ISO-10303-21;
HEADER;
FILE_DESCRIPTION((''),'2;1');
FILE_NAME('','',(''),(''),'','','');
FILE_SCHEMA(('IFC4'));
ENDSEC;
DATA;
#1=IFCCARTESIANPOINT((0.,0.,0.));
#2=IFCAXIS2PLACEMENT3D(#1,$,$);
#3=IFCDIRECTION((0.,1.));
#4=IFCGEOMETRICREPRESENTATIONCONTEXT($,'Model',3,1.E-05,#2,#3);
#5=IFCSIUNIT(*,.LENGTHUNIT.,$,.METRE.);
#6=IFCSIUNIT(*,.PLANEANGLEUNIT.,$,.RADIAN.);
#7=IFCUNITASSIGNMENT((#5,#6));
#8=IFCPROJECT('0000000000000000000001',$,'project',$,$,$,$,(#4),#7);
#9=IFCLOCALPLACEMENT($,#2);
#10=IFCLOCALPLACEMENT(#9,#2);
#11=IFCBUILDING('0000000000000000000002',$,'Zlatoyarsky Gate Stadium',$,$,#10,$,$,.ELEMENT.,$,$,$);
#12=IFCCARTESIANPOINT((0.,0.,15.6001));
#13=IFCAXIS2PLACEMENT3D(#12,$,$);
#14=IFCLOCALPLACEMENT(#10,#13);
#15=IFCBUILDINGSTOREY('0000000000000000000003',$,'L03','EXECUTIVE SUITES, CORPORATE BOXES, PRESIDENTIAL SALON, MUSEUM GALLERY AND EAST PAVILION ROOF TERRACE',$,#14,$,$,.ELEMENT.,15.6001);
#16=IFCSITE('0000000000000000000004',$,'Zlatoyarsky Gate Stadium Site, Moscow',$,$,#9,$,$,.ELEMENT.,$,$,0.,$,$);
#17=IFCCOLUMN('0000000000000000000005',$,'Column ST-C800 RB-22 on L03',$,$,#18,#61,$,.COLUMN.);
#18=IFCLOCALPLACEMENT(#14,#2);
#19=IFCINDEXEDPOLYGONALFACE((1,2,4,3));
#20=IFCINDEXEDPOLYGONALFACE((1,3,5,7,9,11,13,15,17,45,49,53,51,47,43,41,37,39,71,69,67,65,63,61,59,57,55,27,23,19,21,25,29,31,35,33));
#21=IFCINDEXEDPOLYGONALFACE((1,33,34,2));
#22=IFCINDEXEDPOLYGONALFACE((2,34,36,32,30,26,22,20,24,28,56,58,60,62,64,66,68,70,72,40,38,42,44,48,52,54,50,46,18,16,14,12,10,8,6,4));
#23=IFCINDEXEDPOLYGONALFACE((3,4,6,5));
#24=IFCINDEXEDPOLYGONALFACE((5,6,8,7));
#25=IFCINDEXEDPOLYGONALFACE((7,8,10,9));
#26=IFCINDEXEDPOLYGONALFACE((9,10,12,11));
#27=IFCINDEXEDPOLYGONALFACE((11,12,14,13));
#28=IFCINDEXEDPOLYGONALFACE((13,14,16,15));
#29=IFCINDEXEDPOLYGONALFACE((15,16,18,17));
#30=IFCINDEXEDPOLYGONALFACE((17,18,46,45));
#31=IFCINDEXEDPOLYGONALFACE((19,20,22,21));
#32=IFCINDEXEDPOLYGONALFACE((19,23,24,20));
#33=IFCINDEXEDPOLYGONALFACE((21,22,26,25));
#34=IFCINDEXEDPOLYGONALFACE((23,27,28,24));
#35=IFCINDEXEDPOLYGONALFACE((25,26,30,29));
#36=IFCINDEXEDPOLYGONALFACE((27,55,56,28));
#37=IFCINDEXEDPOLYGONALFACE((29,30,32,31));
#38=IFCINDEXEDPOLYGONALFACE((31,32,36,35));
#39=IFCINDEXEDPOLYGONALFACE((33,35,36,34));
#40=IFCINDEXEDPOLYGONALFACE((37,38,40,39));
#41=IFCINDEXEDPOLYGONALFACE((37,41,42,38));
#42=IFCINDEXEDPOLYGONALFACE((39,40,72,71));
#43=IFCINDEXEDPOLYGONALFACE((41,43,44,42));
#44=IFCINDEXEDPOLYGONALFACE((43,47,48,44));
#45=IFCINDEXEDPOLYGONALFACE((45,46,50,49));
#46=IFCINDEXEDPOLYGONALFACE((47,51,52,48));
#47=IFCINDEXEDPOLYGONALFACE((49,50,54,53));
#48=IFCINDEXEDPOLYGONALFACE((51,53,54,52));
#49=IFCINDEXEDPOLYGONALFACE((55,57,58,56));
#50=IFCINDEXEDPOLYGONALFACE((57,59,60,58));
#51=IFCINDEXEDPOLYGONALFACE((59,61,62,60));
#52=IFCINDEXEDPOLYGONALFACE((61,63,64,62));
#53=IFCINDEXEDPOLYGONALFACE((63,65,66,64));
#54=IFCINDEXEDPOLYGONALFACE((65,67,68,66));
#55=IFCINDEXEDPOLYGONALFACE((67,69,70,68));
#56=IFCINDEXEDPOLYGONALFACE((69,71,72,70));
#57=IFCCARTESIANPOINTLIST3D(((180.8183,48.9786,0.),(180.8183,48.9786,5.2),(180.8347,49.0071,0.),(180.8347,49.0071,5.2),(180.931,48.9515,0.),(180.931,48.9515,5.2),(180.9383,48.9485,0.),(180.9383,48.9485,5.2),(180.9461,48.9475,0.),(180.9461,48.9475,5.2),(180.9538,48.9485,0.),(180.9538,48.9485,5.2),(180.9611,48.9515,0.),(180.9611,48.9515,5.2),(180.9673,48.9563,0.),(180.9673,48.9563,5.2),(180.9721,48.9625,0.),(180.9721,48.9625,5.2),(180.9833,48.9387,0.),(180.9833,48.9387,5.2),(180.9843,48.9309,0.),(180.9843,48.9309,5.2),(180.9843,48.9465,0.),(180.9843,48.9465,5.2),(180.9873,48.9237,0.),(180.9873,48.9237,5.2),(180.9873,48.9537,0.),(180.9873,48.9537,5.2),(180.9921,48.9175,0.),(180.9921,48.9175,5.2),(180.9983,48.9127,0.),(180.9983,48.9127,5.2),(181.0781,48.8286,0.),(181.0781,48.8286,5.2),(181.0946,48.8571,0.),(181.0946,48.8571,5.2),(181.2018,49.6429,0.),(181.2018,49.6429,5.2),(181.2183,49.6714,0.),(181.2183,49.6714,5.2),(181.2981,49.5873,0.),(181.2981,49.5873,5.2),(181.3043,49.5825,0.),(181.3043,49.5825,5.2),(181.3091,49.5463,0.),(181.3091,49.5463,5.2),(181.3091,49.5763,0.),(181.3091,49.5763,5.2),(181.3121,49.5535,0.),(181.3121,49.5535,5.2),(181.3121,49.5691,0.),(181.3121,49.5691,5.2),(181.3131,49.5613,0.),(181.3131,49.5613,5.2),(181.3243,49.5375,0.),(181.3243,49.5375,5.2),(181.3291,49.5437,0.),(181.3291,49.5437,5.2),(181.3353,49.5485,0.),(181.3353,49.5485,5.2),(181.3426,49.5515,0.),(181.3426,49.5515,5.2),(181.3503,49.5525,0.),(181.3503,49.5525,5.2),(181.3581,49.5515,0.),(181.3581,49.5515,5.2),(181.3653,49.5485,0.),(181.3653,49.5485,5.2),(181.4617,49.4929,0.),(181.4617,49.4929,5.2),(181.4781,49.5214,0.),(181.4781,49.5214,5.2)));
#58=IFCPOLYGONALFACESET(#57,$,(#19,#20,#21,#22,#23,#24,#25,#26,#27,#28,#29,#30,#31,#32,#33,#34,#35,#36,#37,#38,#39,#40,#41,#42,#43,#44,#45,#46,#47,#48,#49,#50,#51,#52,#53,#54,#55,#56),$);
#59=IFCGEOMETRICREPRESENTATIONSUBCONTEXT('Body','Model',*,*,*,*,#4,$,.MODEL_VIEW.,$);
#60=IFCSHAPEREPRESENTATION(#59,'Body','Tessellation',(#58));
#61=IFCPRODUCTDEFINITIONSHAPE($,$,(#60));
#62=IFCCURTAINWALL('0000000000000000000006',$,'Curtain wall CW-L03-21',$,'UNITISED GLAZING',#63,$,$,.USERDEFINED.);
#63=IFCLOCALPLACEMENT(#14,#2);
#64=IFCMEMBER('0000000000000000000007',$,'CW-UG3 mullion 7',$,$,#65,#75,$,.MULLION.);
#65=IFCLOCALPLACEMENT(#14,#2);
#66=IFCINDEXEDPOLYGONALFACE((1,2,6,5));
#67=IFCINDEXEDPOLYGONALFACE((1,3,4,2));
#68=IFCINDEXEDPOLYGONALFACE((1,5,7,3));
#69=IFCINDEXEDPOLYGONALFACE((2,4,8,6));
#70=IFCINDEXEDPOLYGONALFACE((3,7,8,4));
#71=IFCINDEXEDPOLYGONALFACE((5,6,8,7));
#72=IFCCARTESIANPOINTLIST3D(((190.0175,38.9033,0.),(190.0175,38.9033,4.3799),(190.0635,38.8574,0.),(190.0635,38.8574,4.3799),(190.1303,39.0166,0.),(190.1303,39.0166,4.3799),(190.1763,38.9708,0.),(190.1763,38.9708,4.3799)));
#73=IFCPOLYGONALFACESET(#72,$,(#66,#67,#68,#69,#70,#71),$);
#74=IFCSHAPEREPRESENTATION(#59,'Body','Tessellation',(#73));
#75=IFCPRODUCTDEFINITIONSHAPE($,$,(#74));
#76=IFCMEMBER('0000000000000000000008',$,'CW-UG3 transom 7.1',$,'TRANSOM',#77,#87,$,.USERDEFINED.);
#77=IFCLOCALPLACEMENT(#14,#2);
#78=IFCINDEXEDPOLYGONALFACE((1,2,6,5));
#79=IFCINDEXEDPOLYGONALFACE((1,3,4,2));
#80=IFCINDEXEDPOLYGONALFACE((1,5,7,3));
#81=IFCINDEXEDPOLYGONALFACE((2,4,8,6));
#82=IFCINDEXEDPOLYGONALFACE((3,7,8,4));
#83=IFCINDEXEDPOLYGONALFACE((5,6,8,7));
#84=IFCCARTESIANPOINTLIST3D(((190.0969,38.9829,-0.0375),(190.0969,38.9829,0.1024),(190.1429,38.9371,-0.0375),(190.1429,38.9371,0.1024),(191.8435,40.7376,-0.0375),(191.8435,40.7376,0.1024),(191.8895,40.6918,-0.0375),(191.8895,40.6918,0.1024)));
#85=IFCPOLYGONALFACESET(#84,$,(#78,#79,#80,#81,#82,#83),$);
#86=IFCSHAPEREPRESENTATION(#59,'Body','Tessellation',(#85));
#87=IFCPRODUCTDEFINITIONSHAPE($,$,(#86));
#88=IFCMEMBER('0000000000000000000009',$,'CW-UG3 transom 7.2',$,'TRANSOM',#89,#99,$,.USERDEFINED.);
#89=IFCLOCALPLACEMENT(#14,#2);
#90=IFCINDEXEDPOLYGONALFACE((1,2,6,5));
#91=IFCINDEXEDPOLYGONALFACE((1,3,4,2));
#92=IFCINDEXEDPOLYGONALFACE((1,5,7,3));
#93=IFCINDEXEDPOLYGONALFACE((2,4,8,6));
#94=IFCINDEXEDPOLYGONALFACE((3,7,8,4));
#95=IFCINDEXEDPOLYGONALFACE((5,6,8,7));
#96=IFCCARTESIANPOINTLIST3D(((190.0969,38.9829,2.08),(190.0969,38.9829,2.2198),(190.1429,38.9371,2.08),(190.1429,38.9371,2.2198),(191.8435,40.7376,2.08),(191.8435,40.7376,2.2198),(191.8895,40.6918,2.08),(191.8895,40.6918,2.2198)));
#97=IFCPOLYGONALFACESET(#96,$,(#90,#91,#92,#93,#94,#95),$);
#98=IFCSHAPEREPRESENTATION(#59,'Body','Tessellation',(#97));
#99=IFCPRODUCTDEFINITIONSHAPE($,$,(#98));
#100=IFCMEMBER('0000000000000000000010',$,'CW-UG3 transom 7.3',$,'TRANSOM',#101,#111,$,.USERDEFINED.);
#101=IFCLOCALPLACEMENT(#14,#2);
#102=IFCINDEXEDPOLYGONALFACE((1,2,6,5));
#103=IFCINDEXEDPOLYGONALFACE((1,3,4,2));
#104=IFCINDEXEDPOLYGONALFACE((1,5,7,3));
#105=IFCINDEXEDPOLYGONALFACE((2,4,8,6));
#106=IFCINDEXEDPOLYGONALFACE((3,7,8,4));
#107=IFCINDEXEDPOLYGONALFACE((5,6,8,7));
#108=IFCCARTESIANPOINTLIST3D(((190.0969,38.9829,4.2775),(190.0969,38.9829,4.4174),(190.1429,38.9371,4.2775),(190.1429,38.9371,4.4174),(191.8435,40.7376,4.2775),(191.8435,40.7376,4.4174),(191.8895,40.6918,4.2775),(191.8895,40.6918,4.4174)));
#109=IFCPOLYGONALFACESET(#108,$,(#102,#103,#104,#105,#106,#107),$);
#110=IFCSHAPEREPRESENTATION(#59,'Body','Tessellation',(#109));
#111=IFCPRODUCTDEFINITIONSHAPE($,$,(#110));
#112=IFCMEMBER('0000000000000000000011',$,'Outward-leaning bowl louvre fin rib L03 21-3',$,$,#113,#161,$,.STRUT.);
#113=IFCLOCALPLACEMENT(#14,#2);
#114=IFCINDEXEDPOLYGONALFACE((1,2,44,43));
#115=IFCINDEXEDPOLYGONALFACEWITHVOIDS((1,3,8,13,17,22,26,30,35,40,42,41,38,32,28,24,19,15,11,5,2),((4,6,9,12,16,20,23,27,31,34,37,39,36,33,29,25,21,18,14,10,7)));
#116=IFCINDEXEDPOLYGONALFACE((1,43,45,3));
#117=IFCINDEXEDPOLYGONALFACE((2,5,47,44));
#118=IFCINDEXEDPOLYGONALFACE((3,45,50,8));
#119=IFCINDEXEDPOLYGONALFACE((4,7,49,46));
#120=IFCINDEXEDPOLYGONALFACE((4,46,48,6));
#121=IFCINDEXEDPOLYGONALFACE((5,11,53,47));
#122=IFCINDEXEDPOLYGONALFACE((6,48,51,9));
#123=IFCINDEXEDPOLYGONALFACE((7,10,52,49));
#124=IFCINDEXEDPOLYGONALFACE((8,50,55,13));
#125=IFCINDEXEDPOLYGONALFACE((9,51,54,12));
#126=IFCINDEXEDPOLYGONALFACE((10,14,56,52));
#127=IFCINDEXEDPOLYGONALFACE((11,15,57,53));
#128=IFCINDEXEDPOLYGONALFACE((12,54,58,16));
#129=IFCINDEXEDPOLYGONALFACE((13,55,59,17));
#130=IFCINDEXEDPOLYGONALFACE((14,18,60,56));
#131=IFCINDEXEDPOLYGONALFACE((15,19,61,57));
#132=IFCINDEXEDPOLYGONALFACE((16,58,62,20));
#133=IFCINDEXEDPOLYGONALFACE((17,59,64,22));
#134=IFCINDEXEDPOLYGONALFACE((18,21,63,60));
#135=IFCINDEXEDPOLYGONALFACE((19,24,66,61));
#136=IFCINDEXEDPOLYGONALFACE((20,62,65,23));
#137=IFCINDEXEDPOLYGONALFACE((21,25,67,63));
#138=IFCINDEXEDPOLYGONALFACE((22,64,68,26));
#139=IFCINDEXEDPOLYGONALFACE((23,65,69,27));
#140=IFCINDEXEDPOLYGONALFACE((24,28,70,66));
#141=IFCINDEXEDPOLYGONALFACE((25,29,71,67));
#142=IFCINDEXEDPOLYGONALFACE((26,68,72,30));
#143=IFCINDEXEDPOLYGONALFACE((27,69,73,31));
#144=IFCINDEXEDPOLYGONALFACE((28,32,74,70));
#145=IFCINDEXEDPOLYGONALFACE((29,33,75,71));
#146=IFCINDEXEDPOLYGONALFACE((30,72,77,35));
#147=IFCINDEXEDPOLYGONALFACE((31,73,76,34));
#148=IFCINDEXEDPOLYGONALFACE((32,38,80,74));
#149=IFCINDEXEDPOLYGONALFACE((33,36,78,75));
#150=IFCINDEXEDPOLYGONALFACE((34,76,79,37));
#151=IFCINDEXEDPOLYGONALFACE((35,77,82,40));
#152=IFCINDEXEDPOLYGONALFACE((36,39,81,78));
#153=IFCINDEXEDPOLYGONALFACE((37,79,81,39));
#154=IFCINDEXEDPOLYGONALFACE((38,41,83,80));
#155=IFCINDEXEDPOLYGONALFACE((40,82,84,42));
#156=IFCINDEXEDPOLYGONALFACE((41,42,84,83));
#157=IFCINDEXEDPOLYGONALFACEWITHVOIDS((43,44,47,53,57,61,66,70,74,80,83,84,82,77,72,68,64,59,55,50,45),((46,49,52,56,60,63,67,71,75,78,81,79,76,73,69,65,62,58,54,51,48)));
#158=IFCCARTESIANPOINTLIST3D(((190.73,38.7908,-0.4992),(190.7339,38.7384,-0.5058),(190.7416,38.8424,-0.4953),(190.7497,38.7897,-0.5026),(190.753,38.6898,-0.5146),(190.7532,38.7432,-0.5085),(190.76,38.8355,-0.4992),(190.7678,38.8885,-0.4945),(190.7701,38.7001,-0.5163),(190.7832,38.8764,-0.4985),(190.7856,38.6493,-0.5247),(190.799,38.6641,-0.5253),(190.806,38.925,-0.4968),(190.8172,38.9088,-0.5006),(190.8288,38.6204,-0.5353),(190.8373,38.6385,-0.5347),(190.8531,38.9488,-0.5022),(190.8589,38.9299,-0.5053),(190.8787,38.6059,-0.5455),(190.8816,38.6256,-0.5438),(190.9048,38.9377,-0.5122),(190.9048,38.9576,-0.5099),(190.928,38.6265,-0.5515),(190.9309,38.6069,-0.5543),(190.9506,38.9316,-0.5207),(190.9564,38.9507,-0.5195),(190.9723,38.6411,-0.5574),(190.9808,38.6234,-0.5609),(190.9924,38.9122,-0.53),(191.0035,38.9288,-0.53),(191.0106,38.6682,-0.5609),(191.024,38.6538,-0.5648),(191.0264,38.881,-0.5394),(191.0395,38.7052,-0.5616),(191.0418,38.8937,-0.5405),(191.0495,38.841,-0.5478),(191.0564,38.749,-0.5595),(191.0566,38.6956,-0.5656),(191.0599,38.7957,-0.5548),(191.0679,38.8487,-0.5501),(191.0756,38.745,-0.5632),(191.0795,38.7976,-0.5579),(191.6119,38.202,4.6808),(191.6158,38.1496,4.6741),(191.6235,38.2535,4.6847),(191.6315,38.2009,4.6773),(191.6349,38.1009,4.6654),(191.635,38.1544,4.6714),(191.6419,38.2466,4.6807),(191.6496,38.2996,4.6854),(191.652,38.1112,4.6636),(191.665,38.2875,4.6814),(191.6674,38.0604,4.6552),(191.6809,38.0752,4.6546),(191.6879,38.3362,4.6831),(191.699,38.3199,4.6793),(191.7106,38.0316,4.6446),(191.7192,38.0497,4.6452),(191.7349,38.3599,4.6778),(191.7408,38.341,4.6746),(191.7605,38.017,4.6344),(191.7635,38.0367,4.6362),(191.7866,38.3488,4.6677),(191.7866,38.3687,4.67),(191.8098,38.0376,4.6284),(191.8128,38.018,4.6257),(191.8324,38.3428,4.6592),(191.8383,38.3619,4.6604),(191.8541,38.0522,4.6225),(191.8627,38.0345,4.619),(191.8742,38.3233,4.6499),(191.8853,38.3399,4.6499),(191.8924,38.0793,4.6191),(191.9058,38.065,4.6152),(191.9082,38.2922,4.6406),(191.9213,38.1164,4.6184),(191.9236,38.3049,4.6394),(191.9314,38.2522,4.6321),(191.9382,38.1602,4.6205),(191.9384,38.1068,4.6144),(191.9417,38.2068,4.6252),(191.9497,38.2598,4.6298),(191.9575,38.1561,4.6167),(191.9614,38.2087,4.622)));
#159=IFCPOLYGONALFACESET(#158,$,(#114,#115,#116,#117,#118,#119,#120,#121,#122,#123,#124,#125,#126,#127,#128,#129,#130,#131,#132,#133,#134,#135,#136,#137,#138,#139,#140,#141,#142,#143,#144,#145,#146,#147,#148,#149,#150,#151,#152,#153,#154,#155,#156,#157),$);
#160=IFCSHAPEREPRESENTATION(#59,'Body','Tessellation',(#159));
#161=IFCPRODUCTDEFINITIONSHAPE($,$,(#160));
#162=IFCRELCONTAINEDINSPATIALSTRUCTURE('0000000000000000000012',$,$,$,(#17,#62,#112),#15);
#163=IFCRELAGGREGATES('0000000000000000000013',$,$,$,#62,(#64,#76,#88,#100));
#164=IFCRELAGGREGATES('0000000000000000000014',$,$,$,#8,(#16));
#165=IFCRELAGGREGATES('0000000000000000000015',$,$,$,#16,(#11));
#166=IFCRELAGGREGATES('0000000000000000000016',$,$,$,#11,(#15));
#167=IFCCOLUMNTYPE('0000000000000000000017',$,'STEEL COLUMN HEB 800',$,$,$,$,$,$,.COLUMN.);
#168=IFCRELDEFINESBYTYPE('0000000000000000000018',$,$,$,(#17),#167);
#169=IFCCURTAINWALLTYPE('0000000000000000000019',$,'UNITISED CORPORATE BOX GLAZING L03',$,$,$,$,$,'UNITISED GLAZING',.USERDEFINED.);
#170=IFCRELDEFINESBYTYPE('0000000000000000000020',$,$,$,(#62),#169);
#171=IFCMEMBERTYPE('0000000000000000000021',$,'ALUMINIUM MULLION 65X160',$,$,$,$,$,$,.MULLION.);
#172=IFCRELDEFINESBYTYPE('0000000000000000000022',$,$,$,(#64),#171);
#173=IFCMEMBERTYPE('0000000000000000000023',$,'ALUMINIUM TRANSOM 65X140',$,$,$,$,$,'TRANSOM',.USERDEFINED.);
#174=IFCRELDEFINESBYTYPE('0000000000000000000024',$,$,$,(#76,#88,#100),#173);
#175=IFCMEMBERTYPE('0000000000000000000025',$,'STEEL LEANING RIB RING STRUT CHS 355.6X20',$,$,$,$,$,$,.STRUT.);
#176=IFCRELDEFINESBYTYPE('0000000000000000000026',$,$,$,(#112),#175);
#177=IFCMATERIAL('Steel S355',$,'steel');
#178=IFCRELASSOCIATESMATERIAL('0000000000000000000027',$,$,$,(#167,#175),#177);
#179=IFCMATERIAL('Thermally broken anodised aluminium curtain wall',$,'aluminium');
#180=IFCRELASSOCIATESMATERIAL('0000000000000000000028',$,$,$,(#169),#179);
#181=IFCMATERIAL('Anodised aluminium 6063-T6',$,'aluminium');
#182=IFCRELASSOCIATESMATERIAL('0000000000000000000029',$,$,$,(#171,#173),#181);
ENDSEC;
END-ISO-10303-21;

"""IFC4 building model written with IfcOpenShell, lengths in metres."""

from ifc_helpers import new_model, si_unit, direction, frame, origin, origin_2d, place, context, subcontext, project, spatial, rectangle, hollow_circle, i_section, extrude, material, material_profile, profile_set, type_object, element, aggregate, save


model = new_model("IFC4")

# Units and contexts
model_context = context("Model", 3, precision=1e-05, world=origin(), true_north=direction((0.0, 1.0)))
body_context = subcontext(model_context, "Body", "Model", "MODEL_VIEW")
ifc_project = project(units=[si_unit("LENGTHUNIT", "METRE"), si_unit("PLANEANGLEUNIT", "RADIAN")], contexts=[model_context])

# Site, building, storey
site_placement = place(None, origin())
site = spatial("IfcSite", under=ifc_project, at=site_placement, Name="Zlatoyarsky Gate Stadium Site, Moscow", CompositionType="ELEMENT", RefElevation=0.0)
building_placement = place(site_placement, origin())
building = spatial("IfcBuilding", under=site, at=building_placement, Name="Zlatoyarsky Gate Stadium", CompositionType="ELEMENT")
storey_placement = place(building_placement, frame((0.0, 0.0, 15.6001)))
storey = spatial("IfcBuildingStorey", under=building, at=storey_placement, Name="L03", Description="EXECUTIVE SUITES, CORPORATE BOXES, PRESIDENTIAL SALON, MUSEUM GALLERY AND EAST PAVILION ROOF TERRACE", CompositionType="ELEMENT", Elevation=15.6001)

# Column
ifc_material_1 = material(Name="Steel S355", Category="steel")
ifc_material_profile_1 = material_profile(ifc_material_1, i_section(OverallWidth=0.3, OverallDepth=0.8, WebThickness=0.0176, FlangeThickness=0.033, FilletRadius=0.03, at=origin_2d()), Name="HEB 800")
ifc_profile_set_1 = profile_set([ifc_material_profile_1], Name="Steel S355")
column_type = type_object("IfcColumnType", Name="STEEL COLUMN HEB 800", PredefinedType="COLUMN", material=ifc_profile_set_1)
column_placement = place(storey_placement, frame((181.1482, 49.25, 0.0), z_axis=(0.0, 0.0, 1.0), x_axis=(0.866025, -0.5, 0.0)))
element("IfcColumn", 1, at=column_placement, inside=storey, type_object=column_type, Name="Column ST-C800 RB-22 on L03", PredefinedType="COLUMN", context=body_context, shape_type="SweptSolid", body=[
    extrude(i_section(OverallWidth=0.3, OverallDepth=0.8, WebThickness=0.0176, FlangeThickness=0.033, FilletRadius=0.03, at=origin_2d()), origin(), (0.0, 0.0, 1.0), 5.2),
])

# Curtain wall, members
ifc_material_2 = material(Name="Thermally broken anodised aluminium curtain wall", Category="aluminium")
curtain_wall_type = type_object("IfcCurtainWallType", Name="UNITISED CORPORATE BOX GLAZING L03", ElementType="UNITISED GLAZING", PredefinedType="USERDEFINED", material=ifc_material_2)
curtain_wall_placement = place(storey_placement, origin())
curtain_wall = element("IfcCurtainWall", 2, at=curtain_wall_placement, inside=storey, type_object=curtain_wall_type, Name="Curtain wall CW-L03-21", ObjectType="UNITISED GLAZING", PredefinedType="USERDEFINED")
ifc_material_3 = material(Name="Anodised aluminium 6063-T6", Category="aluminium")
ifc_material_profile_2 = material_profile(ifc_material_3, rectangle(XDim=0.0649, YDim=0.1599, at=origin_2d()), Name="ALU 65X160")
ifc_profile_set_2 = profile_set([ifc_material_profile_2], Name="Anodised aluminium 6063-T6")
member_type_1 = type_object("IfcMemberType", Name="ALUMINIUM MULLION 65X160", PredefinedType="MULLION", material=ifc_profile_set_2)
member_1_placement = place(storey_placement, frame((190.0969, 38.937, 0.0), z_axis=(0.0, 0.0, 1.0), x_axis=(-0.708721, 0.705489, 0.0)))
member_1 = element("IfcMember", 3, at=member_1_placement, type_object=member_type_1, Name="CW-UG3 mullion 7", PredefinedType="MULLION", context=body_context, shape_type="SweptSolid", body=[
    extrude(rectangle(XDim=0.0649, YDim=0.1599, at=origin_2d()), origin(), (0.0, 0.0, 1.0), 4.3799),
])
ifc_material_profile_3 = material_profile(ifc_material_3, rectangle(XDim=0.0649, YDim=0.1399, at=origin_2d()), Name="ALU 65X140")
ifc_profile_set_3 = profile_set([ifc_material_profile_3], Name="Anodised aluminium 6063-T6")
member_type_2 = type_object("IfcMemberType", Name="ALUMINIUM TRANSOM 65X140", ElementType="TRANSOM", PredefinedType="USERDEFINED", material=ifc_profile_set_3)
member_2_placement = place(storey_placement, frame((190.1199, 38.96, 0.0325), z_axis=(0.705478, 0.708732, 0.0), x_axis=(-0.708732, 0.705478, 0.0)))
member_2 = element("IfcMember", 4, at=member_2_placement, type_object=member_type_2, Name="CW-UG3 transom 7.1", ObjectType="TRANSOM", PredefinedType="USERDEFINED", context=body_context, shape_type="SweptSolid", body=[
    extrude(rectangle(XDim=0.0649, YDim=0.1399, at=origin_2d()), origin(), (0.0, 0.0, 1.0), 2.4758),
])
member_3_placement = place(storey_placement, frame((190.1199, 38.96, 2.1499), z_axis=(0.705478, 0.708732, 0.0), x_axis=(-0.708732, 0.705478, 0.0)))
member_3 = element("IfcMember", 5, at=member_3_placement, type_object=member_type_2, Name="CW-UG3 transom 7.2", ObjectType="TRANSOM", PredefinedType="USERDEFINED", context=body_context, shape_type="SweptSolid", body=[
    extrude(rectangle(XDim=0.0649, YDim=0.1399, at=origin_2d()), origin(), (0.0, 0.0, 1.0), 2.4758),
])
member_4_placement = place(storey_placement, frame((190.1199, 38.96, 4.3474), z_axis=(0.705478, 0.708732, 0.0), x_axis=(-0.708732, 0.705478, 0.0)))
member_4 = element("IfcMember", 6, at=member_4_placement, type_object=member_type_2, Name="CW-UG3 transom 7.3", ObjectType="TRANSOM", PredefinedType="USERDEFINED", context=body_context, shape_type="SweptSolid", body=[
    extrude(rectangle(XDim=0.0649, YDim=0.1399, at=origin_2d()), origin(), (0.0, 0.0, 1.0), 2.4758),
])

# Member
ifc_material_profile_4 = material_profile(ifc_material_1, hollow_circle(Radius=0.1777, WallThickness=0.02, at=origin_2d()), Name="CHS 355.6X20")
ifc_profile_set_4 = profile_set([ifc_material_profile_4], Name="Steel S355")
member_type_3 = type_object("IfcMemberType", Name="STEEL LEANING RIB RING STRUT CHS 355.6X20", PredefinedType="STRUT", material=ifc_profile_set_4)
member_5_placement = place(storey_placement, frame((190.9048, 38.781, -0.53), z_axis=(0.166782, -0.111373, 0.979684), x_axis=(0.555338, 0.831625, 0.0)))
element("IfcMember", 7, at=member_5_placement, inside=storey, type_object=member_type_3, Name="Outward-leaning bowl louvre fin rib L03 21-3", PredefinedType="STRUT", context=body_context, shape_type="SweptSolid", body=[
    extrude(hollow_circle(Radius=0.1777, WallThickness=0.02, at=origin_2d()), origin(), (0.0, 0.0, 1.0), 5.2874),
])

aggregate(curtain_wall, [member_1, member_2, member_3, member_4])

save(model, "model.ifc")
